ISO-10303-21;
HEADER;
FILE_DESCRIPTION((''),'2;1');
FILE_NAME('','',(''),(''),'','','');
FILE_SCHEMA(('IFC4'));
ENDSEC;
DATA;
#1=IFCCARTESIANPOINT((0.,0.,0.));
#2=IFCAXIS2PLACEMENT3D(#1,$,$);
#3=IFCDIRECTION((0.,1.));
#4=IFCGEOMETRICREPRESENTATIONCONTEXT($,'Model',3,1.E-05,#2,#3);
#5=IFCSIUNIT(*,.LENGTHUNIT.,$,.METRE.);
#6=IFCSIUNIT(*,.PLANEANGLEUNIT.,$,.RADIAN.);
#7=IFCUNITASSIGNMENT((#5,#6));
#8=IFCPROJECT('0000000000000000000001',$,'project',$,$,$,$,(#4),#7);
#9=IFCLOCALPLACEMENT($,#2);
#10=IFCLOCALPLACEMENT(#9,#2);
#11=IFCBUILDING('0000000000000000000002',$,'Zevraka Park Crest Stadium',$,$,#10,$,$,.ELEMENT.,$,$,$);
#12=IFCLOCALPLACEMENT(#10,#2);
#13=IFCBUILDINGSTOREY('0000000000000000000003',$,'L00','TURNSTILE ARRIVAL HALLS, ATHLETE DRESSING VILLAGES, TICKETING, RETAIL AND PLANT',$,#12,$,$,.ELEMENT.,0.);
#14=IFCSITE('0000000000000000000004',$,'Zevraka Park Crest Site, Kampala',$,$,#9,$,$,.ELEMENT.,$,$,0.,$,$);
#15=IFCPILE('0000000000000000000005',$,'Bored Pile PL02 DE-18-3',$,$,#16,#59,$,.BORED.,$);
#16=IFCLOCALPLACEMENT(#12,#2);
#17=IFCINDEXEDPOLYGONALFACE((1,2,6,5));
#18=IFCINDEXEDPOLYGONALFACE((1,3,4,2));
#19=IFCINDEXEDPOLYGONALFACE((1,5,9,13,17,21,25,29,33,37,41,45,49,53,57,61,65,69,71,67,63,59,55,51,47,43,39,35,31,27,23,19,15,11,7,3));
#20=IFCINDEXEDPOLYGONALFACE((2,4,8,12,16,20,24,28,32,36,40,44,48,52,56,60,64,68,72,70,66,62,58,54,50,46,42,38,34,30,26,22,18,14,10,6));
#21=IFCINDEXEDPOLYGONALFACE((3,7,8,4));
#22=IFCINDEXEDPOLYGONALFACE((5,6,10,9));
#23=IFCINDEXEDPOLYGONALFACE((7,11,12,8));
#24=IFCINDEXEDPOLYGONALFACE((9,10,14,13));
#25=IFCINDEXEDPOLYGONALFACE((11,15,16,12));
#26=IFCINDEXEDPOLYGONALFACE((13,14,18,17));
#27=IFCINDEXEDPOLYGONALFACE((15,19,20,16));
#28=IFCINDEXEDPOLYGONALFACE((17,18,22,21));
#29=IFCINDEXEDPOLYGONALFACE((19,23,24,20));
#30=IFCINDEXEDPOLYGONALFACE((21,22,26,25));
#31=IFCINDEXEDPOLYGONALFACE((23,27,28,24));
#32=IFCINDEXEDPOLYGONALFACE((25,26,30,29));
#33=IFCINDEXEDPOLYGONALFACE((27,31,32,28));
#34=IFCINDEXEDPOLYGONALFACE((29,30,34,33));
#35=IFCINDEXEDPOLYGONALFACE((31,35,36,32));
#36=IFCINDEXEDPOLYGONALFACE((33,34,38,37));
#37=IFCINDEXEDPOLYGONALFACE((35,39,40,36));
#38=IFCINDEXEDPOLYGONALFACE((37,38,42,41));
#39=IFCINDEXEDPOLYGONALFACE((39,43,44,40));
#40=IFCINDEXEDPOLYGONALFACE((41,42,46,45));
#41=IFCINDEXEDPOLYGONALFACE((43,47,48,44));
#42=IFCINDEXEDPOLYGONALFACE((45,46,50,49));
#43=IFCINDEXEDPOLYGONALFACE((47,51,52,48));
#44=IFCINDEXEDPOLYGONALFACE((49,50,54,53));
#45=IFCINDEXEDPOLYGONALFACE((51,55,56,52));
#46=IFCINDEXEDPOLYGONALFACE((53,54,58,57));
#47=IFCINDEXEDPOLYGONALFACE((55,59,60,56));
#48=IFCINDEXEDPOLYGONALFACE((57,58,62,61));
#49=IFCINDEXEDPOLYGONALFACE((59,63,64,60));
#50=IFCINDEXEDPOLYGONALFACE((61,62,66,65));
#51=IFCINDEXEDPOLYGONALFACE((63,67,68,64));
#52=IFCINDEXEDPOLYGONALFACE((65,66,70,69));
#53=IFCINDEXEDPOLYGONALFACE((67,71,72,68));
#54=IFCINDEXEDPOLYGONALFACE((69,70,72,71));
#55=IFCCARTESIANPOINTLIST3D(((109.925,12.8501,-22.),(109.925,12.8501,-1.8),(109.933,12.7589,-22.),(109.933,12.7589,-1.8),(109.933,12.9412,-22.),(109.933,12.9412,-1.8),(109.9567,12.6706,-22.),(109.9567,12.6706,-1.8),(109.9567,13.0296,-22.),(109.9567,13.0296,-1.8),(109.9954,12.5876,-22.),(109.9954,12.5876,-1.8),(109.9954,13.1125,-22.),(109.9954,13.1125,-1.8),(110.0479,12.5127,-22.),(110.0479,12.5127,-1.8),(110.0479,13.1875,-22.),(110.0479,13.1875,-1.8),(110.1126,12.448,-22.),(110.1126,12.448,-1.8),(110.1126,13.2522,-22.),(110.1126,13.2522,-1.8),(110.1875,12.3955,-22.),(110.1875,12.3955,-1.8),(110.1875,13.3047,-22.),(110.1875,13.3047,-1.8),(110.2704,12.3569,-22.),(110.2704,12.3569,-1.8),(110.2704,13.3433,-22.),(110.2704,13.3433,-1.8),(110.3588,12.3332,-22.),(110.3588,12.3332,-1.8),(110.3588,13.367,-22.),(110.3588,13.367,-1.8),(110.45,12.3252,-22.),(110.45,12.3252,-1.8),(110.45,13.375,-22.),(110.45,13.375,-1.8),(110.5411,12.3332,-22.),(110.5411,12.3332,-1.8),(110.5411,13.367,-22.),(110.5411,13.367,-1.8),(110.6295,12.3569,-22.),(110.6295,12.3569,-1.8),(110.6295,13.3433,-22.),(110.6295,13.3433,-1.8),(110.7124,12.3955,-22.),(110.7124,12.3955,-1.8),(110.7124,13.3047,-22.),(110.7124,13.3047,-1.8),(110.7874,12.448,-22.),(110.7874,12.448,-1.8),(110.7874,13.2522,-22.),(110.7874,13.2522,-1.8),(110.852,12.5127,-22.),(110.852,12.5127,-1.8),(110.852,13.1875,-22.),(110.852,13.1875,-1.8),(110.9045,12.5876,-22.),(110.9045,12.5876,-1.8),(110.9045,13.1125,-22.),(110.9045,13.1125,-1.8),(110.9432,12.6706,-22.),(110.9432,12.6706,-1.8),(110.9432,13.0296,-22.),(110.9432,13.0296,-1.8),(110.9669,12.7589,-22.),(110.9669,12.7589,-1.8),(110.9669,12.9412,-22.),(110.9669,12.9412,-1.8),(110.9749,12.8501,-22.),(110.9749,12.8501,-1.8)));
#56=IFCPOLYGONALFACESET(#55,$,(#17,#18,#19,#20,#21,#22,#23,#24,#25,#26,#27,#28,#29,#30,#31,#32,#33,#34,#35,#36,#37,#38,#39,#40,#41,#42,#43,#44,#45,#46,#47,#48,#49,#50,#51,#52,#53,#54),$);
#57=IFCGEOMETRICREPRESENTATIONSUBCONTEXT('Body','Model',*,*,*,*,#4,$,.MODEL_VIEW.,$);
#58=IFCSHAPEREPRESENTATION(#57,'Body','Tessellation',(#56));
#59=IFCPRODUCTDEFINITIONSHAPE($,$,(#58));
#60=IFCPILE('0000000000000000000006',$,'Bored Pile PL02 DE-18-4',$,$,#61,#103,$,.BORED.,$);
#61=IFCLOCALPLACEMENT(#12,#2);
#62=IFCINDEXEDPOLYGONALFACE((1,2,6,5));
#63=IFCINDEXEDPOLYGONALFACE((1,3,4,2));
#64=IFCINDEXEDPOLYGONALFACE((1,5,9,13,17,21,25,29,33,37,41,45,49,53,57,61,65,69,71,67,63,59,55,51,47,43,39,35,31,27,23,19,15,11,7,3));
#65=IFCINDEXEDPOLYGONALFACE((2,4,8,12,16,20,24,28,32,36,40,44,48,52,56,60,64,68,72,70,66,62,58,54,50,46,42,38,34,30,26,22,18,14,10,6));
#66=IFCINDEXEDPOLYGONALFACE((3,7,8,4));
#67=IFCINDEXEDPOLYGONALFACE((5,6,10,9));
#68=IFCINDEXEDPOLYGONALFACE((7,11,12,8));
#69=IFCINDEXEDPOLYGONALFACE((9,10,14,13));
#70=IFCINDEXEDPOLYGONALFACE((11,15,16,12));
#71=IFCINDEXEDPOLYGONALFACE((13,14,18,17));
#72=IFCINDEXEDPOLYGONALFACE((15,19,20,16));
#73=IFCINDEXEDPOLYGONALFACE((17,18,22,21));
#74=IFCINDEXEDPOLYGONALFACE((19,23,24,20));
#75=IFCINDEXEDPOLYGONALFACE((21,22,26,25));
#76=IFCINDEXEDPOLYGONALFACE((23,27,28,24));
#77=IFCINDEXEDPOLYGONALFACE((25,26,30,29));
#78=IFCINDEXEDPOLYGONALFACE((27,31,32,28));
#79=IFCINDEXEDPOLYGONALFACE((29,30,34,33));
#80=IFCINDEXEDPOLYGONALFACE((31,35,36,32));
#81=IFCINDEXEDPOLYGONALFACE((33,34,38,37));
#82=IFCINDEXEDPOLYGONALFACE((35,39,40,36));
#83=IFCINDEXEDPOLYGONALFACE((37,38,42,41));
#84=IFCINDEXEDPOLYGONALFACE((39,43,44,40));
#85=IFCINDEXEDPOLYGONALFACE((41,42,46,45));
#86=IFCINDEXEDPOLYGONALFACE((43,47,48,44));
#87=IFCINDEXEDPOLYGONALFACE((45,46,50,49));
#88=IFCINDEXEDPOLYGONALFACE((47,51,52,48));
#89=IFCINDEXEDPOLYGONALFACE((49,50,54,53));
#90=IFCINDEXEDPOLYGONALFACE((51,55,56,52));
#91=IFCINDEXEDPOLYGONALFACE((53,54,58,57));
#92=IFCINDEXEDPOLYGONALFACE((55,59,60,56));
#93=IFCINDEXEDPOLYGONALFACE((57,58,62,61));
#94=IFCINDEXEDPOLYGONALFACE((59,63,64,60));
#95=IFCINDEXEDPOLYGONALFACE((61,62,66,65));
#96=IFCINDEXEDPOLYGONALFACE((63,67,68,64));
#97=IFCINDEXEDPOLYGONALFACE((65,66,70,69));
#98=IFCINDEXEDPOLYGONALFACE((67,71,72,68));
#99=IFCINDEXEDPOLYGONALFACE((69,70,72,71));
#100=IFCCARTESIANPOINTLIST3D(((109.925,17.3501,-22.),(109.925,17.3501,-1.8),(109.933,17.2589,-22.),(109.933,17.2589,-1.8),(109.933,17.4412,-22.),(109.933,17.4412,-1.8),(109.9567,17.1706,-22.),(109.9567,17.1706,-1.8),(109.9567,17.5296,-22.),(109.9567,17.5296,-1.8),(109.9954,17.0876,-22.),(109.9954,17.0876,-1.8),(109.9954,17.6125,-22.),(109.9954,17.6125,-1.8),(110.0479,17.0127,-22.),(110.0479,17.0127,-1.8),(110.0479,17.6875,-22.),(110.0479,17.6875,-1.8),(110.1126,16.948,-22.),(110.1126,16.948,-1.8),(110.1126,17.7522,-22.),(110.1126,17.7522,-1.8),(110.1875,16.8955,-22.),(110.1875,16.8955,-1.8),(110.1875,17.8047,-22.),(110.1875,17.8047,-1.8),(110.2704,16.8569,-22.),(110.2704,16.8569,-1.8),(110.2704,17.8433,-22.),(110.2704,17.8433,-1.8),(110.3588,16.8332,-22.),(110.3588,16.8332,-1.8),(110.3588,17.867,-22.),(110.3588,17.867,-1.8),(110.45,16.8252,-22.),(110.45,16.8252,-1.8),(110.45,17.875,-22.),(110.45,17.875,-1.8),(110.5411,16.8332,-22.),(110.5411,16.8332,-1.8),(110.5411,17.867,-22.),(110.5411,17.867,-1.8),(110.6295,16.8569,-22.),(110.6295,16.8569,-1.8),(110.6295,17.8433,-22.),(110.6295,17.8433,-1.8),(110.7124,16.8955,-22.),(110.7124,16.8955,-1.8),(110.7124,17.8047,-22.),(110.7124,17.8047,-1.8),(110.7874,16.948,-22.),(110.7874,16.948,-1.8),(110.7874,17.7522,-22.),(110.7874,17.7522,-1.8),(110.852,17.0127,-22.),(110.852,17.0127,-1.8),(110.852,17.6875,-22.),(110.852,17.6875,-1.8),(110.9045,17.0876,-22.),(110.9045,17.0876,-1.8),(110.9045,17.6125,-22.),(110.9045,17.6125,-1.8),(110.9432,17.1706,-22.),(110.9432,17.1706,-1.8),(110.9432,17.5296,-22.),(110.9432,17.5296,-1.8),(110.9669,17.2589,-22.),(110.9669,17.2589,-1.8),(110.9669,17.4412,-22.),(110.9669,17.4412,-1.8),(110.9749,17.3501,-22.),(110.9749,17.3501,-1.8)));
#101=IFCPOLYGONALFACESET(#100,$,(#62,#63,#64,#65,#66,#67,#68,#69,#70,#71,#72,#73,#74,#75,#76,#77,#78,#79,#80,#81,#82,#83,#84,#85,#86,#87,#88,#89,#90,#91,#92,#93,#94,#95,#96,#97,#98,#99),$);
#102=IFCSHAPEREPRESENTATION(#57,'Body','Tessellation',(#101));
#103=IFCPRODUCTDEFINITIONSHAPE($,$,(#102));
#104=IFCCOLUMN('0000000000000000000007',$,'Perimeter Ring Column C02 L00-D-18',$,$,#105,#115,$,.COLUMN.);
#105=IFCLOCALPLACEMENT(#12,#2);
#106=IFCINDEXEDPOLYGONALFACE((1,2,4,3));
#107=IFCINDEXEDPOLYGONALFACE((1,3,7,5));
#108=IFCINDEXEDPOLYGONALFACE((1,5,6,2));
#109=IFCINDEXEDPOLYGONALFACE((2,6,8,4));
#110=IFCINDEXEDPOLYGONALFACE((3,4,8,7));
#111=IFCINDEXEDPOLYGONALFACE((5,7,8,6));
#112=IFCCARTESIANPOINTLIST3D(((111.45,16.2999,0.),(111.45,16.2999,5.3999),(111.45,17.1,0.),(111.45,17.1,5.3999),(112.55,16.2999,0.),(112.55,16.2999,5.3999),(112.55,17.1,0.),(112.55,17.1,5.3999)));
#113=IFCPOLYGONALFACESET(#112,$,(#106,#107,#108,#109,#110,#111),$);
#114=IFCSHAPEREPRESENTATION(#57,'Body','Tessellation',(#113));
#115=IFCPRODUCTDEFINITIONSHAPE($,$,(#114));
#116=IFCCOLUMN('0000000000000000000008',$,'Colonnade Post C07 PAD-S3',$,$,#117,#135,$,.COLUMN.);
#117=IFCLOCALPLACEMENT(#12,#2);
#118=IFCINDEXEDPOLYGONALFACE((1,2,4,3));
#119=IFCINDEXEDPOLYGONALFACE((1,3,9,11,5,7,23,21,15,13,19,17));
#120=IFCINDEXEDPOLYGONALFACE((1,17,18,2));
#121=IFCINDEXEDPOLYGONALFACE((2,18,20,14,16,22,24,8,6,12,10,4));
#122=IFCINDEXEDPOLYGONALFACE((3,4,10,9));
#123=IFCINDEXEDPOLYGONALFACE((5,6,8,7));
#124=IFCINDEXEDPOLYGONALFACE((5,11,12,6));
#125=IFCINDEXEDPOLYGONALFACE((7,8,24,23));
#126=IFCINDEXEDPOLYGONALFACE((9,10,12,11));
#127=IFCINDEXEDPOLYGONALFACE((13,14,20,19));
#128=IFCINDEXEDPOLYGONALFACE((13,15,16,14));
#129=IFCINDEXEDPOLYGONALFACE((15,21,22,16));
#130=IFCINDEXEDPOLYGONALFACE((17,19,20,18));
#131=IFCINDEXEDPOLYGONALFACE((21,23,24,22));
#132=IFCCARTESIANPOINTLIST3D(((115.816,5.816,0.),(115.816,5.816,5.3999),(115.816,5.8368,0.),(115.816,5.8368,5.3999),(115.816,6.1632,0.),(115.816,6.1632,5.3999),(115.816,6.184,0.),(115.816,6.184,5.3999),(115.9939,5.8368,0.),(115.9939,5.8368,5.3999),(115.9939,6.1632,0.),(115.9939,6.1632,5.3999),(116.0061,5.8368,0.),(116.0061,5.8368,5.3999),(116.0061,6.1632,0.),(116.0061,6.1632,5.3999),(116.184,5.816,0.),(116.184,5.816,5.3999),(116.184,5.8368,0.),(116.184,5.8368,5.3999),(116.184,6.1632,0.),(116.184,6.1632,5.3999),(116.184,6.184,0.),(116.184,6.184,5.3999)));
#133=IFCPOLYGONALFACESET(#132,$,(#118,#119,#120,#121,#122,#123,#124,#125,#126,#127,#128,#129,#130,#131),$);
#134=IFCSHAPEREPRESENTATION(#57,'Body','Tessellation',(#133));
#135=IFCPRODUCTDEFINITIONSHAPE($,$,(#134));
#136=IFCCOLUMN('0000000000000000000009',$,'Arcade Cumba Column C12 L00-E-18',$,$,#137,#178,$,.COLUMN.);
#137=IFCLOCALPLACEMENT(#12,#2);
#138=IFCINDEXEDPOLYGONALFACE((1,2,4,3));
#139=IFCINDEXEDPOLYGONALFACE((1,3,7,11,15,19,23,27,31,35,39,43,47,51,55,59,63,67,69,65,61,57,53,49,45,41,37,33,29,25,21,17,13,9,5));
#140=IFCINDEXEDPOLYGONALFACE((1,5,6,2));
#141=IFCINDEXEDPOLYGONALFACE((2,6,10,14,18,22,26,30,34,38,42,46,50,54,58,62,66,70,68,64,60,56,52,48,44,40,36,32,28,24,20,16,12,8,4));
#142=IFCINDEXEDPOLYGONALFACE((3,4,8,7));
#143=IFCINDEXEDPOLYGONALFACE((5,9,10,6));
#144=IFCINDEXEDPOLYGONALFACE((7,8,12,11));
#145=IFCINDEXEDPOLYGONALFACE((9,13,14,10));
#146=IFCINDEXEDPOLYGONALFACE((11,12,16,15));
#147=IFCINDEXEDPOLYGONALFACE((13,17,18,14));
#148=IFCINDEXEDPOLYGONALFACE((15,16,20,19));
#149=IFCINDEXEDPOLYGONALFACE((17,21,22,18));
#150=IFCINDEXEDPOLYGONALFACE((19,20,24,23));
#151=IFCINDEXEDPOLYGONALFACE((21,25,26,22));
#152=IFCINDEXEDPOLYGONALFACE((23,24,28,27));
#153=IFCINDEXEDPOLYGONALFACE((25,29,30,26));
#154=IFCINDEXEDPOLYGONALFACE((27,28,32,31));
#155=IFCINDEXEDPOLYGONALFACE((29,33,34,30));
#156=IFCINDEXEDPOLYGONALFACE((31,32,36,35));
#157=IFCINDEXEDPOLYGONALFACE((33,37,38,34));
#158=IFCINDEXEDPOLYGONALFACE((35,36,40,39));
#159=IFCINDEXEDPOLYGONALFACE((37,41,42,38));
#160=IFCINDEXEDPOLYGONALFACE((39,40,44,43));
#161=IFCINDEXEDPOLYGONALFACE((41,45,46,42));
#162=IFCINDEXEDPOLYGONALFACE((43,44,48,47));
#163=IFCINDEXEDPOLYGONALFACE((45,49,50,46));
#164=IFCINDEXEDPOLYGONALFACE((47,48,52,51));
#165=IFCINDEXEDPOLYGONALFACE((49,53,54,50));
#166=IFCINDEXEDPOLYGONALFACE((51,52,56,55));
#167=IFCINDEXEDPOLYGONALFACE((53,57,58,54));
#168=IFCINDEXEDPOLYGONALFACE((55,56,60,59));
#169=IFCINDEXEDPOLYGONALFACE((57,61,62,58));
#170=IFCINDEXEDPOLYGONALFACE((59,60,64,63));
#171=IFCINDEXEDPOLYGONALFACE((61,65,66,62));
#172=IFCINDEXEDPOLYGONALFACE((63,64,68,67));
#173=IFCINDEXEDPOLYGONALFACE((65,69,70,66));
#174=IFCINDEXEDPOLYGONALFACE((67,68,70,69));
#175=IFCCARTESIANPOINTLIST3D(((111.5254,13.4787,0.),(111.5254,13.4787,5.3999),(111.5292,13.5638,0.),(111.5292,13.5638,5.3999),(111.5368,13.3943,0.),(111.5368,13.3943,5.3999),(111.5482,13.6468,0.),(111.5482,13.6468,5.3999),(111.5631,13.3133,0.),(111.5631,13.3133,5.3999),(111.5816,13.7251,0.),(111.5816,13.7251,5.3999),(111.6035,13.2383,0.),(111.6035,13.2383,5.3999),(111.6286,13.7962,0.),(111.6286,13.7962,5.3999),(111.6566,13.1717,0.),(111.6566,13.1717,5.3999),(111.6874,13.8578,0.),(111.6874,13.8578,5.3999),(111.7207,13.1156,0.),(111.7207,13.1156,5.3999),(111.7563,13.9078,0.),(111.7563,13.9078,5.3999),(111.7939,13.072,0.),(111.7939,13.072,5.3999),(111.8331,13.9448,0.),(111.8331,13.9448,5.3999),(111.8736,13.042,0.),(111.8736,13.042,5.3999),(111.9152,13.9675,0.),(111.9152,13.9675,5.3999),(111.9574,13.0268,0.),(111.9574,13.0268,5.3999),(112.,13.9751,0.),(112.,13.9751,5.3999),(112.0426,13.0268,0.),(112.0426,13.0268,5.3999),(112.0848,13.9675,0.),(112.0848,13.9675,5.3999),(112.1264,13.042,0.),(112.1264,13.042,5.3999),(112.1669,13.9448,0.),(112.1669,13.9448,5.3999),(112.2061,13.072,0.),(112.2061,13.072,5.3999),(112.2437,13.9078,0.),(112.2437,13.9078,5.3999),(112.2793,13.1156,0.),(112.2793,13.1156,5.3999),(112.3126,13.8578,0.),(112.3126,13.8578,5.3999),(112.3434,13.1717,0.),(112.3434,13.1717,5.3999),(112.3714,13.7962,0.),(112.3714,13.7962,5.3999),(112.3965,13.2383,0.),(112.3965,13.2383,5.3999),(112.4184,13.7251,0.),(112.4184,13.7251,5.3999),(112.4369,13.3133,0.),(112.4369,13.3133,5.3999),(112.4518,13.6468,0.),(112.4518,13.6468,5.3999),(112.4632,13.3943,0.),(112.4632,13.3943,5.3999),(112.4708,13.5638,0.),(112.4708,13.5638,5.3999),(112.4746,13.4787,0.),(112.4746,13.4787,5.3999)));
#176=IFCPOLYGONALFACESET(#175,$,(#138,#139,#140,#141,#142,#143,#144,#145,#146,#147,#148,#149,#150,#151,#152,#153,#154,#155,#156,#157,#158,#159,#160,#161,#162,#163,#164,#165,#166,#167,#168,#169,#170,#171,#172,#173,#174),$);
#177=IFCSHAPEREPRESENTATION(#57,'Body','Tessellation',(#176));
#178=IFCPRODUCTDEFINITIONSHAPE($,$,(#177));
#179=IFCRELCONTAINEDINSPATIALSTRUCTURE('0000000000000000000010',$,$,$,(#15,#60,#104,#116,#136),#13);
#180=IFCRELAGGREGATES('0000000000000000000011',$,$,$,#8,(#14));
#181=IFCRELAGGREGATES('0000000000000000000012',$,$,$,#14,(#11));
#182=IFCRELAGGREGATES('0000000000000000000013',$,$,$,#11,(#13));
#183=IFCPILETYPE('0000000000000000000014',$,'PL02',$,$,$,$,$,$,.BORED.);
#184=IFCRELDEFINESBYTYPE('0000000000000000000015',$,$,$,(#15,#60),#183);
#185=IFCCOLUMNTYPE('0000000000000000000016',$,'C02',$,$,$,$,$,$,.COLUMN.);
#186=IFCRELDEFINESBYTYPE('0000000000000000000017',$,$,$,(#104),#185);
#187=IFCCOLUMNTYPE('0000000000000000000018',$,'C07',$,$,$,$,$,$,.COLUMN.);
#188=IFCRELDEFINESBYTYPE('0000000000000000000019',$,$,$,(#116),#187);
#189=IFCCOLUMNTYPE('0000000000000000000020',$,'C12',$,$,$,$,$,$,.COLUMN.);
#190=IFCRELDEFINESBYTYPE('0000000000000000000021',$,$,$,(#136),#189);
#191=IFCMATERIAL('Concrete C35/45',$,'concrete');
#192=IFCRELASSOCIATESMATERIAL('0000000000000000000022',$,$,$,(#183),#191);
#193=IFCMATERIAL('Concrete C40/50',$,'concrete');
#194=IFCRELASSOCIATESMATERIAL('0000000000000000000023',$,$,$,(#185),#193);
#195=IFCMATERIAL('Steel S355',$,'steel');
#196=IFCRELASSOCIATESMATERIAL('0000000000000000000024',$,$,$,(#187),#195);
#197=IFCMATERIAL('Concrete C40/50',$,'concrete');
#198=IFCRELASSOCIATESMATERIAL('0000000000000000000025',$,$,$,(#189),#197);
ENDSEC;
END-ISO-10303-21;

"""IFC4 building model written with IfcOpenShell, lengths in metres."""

from ifc_helpers import new_model, si_unit, direction, frame, origin, origin_2d, place, context, subcontext, project, spatial, rectangle, circle, i_section, extrude, material, material_profile, profile_set, type_object, element, save


model = new_model("IFC4")

# Units and contexts
model_context = context("Model", 3, precision=1e-05, world=origin(), true_north=direction((0.0, 1.0)))
body_context = subcontext(model_context, "Body", "Model", "MODEL_VIEW")
ifc_project = project(units=[si_unit("LENGTHUNIT", "METRE"), si_unit("PLANEANGLEUNIT", "RADIAN")], contexts=[model_context])

# Site, building, storey
site_placement = place(None, origin())
site = spatial("IfcSite", under=ifc_project, at=site_placement, Name="Zevraka Park Crest Site, Kampala", CompositionType="ELEMENT", RefElevation=0.0)
building_placement = place(site_placement, origin())
building = spatial("IfcBuilding", under=site, at=building_placement, Name="Zevraka Park Crest Stadium", CompositionType="ELEMENT")
storey_placement = place(building_placement, origin())
storey = spatial("IfcBuildingStorey", under=building, at=storey_placement, Name="L00", Description="TURNSTILE ARRIVAL HALLS, ATHLETE DRESSING VILLAGES, TICKETING, RETAIL AND PLANT", CompositionType="ELEMENT", Elevation=0.0)

# Piles
ifc_material_1 = material(Name="Concrete C35/45", Category="concrete")
ifc_material_profile_1 = material_profile(ifc_material_1, circle(Radius=0.5249, at=origin_2d()), Name="PILE D1050")
ifc_profile_set_1 = profile_set([ifc_material_profile_1], Name="Concrete C35/45")
pile_type = type_object("IfcPileType", Name="PL02", PredefinedType="BORED", material=ifc_profile_set_1)
for number, where, z_axis, x_axis, name in (
    (1, (110.45, 12.8501, -1.8), (0.0, 0.0, -1.0), (1.0, 0.0, 0.0), "Bored Pile PL02 DE-18-3"),
    (2, (110.45, 17.3501, -1.8), (0.0, 0.0, -1.0), (1.0, 0.0, 0.0), "Bored Pile PL02 DE-18-4"),
):
    element("IfcPile", number, at=place(storey_placement, frame(where, z_axis=z_axis, x_axis=x_axis)), inside=storey, type_object=pile_type, Name=name, PredefinedType="BORED", context=body_context, shape_type="SweptSolid", body=[
        extrude(circle(Radius=0.5249, at=origin_2d()), origin(), (0.0, 0.0, 1.0), 20.2),
    ])

# Columns
ifc_material_2 = material(Name="Concrete C40/50", Category="concrete")
ifc_material_profile_2 = material_profile(ifc_material_2, rectangle(XDim=0.8, YDim=1.1001, at=origin_2d()), Name="RC 1100x800")
ifc_profile_set_2 = profile_set([ifc_material_profile_2], Name="Concrete C40/50")
column_type_1 = type_object("IfcColumnType", Name="C02", PredefinedType="COLUMN", material=ifc_profile_set_2)
column_1_placement = place(storey_placement, frame((112.0, 16.7, 0.0), z_axis=(0.0, 0.0, 1.0), x_axis=(0.0, 1.0, 0.0)))
element("IfcColumn", 3, at=column_1_placement, inside=storey, type_object=column_type_1, Name="Perimeter Ring Column C02 L00-D-18", PredefinedType="COLUMN", context=body_context, shape_type="SweptSolid", body=[
    extrude(rectangle(XDim=0.8, YDim=1.1001, at=origin_2d()), origin(), (0.0, 0.0, 1.0), 5.3999),
])
ifc_material_3 = material(Name="Steel S355", Category="steel")
ifc_material_profile_3 = material_profile(ifc_material_3, i_section(OverallWidth=0.3679, OverallDepth=0.3679, WebThickness=0.0122, FlangeThickness=0.0208, at=origin_2d()), Name="UKC 356x368x153")
ifc_profile_set_3 = profile_set([ifc_material_profile_3], Name="Steel S355")
column_type_2 = type_object("IfcColumnType", Name="C07", PredefinedType="COLUMN", material=ifc_profile_set_3)
column_2_placement = place(storey_placement, frame((116.0, 6.0, 0.0), z_axis=(0.0, 0.0, 1.0), x_axis=(1.0, 0.0, 0.0)))
element("IfcColumn", 4, at=column_2_placement, inside=storey, type_object=column_type_2, Name="Colonnade Post C07 PAD-S3", PredefinedType="COLUMN", context=body_context, shape_type="SweptSolid", body=[
    extrude(i_section(OverallWidth=0.3679, OverallDepth=0.3679, WebThickness=0.0122, FlangeThickness=0.0208, at=origin_2d()), origin(), (0.0, 0.0, 1.0), 5.3999),
])
ifc_material_4 = material(Name="Concrete C40/50", Category="concrete")
ifc_material_profile_4 = material_profile(ifc_material_4, circle(Radius=0.4751, at=origin_2d()), Name="RC D950")
ifc_profile_set_4 = profile_set([ifc_material_profile_4], Name="Concrete C40/50")
column_type_3 = type_object("IfcColumnType", Name="C12", PredefinedType="COLUMN", material=ifc_profile_set_4)
column_3_placement = place(storey_placement, frame((112.0, 13.5, 0.0), z_axis=(0.0, 0.0, 1.0), x_axis=(0.0, 1.0, 0.0)))
element("IfcColumn", 5, at=column_3_placement, inside=storey, type_object=column_type_3, Name="Arcade Cumba Column C12 L00-E-18", PredefinedType="COLUMN", context=body_context, shape_type="SweptSolid", body=[
    extrude(circle(Radius=0.4751, at=origin_2d()), origin(), (0.0, 0.0, 1.0), 5.3999),
])

save(model, "model.ifc")
